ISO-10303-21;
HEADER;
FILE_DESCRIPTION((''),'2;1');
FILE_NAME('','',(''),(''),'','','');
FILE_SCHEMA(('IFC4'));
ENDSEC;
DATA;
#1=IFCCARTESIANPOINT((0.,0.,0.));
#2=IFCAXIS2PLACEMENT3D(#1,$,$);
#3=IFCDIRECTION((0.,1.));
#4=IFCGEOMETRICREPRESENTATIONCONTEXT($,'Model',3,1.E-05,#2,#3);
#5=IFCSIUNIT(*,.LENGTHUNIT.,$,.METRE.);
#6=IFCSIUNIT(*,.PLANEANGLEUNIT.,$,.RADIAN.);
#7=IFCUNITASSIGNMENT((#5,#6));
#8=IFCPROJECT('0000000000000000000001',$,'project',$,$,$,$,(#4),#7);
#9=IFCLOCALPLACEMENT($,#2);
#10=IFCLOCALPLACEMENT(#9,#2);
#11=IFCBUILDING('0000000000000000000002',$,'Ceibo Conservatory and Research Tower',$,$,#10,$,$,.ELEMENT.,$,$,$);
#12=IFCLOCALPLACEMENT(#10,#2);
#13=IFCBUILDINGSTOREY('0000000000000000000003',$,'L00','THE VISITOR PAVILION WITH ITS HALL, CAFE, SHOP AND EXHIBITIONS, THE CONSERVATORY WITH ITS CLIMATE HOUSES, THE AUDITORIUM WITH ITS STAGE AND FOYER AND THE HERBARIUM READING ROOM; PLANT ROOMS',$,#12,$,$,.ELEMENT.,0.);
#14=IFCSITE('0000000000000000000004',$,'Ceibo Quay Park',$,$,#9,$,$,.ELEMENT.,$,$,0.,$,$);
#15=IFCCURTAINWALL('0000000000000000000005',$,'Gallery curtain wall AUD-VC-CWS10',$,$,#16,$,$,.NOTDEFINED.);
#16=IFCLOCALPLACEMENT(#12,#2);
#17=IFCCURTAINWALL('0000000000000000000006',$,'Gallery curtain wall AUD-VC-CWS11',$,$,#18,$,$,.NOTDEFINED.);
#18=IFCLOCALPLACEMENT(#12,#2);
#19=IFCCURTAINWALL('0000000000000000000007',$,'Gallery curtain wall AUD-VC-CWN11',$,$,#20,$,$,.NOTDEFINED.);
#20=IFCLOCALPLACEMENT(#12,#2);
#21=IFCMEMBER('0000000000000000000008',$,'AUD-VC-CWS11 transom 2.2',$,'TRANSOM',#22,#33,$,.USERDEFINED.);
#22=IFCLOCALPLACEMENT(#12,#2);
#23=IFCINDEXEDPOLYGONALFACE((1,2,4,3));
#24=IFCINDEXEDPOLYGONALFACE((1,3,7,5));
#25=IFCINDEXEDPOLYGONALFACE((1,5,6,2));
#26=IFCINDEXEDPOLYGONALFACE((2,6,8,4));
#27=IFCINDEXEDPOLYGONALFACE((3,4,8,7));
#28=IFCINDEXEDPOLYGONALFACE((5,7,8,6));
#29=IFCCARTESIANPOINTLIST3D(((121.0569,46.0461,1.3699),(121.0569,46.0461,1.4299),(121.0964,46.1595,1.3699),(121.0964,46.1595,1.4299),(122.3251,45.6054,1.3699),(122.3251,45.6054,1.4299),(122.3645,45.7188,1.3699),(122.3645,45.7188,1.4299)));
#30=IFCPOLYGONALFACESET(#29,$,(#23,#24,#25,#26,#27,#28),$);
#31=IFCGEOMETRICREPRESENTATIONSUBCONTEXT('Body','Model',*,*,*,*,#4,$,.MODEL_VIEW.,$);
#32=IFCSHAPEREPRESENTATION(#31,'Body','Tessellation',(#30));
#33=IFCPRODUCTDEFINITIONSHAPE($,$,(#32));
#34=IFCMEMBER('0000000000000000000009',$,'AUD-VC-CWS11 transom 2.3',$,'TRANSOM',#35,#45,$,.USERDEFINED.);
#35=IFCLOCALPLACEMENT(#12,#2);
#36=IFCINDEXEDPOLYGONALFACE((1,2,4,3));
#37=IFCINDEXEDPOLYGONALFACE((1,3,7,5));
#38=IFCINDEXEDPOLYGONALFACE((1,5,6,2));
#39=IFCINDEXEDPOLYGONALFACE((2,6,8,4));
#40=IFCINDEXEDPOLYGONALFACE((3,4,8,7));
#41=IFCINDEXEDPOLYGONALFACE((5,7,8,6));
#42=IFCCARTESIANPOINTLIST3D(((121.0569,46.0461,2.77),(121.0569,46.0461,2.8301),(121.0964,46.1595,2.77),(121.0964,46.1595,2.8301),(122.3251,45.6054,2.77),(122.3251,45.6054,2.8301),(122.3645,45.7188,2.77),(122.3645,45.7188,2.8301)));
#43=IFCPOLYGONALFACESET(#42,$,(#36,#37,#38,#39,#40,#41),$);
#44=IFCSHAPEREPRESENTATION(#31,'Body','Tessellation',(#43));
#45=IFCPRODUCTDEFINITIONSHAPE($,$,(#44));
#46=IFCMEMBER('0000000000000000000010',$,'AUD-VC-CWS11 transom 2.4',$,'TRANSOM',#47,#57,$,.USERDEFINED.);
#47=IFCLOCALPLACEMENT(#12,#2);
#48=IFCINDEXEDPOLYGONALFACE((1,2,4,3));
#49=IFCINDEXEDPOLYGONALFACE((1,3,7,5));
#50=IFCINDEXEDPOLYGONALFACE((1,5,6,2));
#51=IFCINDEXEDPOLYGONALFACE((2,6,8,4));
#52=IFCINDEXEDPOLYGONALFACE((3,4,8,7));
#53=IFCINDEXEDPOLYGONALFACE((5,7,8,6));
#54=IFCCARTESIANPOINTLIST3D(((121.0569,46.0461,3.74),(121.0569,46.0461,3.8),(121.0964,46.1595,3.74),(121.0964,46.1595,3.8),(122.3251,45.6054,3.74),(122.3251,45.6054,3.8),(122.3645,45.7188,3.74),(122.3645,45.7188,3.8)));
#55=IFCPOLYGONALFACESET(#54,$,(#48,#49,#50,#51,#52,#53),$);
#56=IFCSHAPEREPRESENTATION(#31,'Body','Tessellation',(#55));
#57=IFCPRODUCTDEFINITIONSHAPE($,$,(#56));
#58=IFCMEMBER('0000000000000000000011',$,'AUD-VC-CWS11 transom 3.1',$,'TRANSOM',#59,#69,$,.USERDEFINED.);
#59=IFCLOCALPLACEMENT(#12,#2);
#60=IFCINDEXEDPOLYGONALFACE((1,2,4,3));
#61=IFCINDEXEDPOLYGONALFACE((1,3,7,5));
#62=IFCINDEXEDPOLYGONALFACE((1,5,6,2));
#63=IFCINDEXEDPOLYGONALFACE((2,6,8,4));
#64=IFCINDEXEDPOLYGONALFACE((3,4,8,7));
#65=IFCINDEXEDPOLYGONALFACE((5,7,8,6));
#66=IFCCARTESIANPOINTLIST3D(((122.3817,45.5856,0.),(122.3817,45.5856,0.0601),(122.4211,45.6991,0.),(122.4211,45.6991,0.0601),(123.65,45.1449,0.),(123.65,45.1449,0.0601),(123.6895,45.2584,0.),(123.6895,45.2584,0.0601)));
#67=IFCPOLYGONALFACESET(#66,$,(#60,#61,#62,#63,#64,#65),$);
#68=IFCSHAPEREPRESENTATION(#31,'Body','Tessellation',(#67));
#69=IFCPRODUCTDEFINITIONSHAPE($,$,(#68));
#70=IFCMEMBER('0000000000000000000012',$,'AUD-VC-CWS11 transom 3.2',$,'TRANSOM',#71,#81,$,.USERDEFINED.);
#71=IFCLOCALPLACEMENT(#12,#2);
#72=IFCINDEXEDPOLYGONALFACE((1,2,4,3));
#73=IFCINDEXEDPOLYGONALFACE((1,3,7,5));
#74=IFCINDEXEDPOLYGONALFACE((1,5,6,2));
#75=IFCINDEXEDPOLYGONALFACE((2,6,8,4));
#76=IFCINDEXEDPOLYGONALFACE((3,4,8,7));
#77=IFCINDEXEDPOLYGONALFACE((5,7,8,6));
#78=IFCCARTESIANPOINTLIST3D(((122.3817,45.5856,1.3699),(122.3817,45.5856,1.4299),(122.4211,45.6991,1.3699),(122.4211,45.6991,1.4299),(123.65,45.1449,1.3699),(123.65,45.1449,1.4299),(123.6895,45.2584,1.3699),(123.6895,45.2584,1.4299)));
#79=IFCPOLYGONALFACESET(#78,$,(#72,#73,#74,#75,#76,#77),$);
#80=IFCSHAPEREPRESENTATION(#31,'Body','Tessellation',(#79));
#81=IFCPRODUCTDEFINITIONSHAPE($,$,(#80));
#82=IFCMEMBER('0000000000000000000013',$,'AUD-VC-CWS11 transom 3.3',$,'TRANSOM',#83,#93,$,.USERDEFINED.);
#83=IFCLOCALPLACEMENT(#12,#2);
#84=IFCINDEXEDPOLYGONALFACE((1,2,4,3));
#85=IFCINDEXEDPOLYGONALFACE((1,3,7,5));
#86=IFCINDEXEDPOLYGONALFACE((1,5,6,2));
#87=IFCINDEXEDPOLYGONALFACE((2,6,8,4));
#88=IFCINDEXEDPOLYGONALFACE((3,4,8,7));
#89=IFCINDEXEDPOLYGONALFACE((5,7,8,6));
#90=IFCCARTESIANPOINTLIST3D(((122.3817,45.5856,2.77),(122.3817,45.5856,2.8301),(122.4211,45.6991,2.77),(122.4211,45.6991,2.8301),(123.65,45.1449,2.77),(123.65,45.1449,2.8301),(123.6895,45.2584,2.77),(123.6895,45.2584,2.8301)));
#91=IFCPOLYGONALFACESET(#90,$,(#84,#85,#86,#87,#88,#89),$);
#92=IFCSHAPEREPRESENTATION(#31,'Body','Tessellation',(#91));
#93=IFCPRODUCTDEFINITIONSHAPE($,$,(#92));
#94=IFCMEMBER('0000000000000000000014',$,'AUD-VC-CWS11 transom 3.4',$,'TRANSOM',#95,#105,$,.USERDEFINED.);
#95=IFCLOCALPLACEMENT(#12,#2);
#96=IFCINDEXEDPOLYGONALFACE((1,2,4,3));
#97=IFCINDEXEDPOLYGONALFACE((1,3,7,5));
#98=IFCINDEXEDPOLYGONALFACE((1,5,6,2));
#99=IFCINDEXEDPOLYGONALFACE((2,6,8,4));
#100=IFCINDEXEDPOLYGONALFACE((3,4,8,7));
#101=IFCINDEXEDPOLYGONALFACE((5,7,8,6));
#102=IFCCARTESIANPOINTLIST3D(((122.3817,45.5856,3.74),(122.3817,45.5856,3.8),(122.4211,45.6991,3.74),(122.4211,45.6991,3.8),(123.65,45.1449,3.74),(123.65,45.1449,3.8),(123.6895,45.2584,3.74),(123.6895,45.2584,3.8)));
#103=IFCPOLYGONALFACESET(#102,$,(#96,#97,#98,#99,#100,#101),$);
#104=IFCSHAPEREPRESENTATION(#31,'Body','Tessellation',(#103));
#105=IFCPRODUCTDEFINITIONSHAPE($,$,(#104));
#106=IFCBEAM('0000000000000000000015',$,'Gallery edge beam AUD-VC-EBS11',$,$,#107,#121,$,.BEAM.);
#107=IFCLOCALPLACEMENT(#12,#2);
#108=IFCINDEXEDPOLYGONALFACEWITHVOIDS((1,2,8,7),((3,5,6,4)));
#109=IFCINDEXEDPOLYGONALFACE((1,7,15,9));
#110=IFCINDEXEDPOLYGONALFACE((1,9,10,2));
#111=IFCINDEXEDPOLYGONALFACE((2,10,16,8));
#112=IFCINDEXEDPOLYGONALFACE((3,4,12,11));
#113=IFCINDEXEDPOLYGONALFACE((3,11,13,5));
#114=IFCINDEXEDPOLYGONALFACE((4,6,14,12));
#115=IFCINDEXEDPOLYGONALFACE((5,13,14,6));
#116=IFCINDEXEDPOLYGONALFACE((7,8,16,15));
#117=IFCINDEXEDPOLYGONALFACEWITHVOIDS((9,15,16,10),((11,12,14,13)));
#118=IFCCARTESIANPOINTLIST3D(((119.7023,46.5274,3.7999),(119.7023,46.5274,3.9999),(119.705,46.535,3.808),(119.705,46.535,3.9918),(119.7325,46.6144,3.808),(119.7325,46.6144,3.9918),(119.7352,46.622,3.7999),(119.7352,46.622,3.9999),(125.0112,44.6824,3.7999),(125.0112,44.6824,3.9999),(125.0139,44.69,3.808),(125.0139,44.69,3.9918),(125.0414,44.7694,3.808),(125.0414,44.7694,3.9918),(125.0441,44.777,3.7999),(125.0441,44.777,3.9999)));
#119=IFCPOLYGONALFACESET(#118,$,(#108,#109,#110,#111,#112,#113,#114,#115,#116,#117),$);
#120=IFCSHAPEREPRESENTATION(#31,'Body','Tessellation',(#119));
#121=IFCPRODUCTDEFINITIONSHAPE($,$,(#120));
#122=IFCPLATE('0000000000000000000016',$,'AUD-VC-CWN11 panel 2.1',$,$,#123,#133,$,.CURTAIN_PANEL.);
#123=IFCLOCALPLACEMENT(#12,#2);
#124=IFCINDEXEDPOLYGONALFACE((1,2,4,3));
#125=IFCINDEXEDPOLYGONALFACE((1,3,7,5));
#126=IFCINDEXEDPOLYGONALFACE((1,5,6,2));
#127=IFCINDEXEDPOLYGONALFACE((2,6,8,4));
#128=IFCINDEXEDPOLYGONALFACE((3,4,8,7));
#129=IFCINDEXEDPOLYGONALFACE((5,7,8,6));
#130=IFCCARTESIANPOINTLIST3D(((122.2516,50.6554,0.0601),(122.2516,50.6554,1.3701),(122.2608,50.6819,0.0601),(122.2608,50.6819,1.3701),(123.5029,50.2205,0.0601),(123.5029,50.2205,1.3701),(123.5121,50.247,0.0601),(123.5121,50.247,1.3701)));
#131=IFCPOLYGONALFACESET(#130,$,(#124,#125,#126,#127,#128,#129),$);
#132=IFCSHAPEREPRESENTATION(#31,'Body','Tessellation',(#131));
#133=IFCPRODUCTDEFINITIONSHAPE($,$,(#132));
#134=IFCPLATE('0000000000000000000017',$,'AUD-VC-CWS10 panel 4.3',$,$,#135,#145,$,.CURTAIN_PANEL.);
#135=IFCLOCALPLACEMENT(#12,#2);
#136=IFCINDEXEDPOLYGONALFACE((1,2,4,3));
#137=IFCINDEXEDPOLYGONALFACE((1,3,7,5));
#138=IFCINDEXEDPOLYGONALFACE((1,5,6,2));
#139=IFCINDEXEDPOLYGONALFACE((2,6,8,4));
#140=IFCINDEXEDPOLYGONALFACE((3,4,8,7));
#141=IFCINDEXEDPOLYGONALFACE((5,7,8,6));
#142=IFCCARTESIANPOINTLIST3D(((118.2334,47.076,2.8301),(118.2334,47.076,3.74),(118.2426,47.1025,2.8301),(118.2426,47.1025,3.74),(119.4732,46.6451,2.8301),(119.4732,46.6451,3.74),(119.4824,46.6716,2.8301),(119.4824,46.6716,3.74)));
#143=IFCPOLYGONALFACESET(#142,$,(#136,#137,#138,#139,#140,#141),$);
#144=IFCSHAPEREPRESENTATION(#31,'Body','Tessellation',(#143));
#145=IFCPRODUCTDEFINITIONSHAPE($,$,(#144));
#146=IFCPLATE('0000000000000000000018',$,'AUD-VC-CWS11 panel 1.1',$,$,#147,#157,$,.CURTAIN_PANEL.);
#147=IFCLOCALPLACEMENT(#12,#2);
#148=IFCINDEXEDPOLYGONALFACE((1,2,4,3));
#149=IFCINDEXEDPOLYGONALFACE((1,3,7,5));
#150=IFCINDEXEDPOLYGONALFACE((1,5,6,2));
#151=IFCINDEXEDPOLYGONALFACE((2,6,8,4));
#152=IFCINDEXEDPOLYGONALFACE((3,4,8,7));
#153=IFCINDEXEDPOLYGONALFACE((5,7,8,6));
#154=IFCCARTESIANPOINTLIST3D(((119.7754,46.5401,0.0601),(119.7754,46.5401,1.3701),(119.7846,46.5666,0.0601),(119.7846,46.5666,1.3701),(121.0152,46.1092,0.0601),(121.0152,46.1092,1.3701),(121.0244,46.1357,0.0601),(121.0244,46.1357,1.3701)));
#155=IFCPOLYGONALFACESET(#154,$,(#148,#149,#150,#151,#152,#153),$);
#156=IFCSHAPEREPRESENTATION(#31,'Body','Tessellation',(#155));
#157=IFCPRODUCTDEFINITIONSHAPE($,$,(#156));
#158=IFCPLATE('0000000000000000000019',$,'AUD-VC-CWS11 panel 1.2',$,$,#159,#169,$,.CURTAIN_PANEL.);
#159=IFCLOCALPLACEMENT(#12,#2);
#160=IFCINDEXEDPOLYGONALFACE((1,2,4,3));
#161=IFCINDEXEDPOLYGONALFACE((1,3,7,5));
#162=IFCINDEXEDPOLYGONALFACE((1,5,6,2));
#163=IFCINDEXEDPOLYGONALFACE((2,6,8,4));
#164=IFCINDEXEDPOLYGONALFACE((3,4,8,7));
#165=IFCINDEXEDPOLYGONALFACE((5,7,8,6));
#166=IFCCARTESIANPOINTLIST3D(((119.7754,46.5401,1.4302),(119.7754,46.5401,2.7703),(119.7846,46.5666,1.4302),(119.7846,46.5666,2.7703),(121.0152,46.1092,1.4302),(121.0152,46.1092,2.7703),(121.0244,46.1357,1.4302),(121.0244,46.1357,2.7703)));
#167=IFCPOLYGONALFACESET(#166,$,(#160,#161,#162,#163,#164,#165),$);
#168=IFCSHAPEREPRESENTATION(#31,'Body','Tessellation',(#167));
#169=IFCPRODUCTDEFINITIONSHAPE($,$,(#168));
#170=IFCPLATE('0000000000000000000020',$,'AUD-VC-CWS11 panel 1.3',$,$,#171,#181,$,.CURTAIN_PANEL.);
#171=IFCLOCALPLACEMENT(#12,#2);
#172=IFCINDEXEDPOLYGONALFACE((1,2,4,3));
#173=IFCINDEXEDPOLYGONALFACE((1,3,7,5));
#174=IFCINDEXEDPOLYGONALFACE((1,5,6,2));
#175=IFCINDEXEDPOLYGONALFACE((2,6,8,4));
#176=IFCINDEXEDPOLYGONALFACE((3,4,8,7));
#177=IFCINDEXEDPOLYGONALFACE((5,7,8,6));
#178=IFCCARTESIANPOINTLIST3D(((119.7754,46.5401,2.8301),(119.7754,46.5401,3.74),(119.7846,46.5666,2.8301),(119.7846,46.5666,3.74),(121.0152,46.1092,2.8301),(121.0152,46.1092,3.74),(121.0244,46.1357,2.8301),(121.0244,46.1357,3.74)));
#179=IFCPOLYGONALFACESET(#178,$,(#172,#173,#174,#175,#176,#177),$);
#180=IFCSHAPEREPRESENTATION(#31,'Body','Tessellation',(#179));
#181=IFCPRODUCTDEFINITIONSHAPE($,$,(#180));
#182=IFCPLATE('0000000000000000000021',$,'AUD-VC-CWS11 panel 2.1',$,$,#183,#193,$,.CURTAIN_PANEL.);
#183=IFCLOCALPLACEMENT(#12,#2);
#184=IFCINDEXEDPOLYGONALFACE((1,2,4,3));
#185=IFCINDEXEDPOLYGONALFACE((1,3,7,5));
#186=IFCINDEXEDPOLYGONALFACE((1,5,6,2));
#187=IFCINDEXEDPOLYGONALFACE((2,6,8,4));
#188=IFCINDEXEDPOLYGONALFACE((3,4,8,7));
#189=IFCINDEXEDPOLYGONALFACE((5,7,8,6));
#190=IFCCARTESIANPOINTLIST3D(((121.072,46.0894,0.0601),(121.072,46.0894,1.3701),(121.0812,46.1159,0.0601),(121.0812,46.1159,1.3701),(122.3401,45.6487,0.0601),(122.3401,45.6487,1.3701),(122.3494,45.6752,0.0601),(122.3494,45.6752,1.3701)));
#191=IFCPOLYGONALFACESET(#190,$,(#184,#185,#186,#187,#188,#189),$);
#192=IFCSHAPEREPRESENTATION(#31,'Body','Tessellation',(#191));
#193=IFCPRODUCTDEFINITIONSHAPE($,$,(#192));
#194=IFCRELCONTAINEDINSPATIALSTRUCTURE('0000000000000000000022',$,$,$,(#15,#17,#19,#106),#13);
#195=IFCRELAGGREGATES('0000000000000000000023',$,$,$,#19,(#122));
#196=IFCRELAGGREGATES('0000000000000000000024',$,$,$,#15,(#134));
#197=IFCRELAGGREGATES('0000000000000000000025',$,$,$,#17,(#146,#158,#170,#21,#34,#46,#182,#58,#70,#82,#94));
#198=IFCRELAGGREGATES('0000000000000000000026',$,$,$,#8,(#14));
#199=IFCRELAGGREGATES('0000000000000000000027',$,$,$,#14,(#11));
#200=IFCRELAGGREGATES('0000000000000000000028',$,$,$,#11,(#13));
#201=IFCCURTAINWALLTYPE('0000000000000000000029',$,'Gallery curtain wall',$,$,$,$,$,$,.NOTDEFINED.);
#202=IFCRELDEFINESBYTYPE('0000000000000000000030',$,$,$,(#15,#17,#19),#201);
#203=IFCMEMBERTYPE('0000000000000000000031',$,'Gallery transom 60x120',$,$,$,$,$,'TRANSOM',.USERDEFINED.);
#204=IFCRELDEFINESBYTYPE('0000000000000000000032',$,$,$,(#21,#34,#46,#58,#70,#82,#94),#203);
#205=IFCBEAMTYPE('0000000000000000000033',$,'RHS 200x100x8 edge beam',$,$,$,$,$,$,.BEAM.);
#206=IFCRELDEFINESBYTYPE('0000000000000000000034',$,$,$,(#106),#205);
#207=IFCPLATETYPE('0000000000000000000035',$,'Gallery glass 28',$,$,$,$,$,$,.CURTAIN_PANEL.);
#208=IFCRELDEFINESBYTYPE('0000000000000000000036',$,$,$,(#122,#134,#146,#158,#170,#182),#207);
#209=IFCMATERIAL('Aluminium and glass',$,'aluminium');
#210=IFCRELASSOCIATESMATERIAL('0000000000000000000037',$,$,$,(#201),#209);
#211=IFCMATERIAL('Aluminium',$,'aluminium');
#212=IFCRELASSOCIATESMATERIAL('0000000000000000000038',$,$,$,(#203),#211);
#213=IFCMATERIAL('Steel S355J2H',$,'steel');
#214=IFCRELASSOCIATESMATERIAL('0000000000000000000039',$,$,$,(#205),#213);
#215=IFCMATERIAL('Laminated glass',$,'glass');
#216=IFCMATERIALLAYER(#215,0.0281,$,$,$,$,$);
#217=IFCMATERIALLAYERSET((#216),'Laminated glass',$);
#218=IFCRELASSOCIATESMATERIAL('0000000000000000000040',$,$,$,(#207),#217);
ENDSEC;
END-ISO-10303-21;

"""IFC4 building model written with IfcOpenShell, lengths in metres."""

from ifc_helpers import new_model, si_unit, direction, frame, origin, origin_2d, place, context, subcontext, project, spatial, rectangle, hollow_rectangle, extrude, material, layer, layer_set, material_profile, profile_set, type_object, element, aggregate, save


model = new_model("IFC4")

# Units and contexts
model_context = context("Model", 3, precision=1e-05, world=origin(), true_north=direction((0.0, 1.0)))
body_context = subcontext(model_context, "Body", "Model", "MODEL_VIEW")
ifc_project = project(units=[si_unit("LENGTHUNIT", "METRE"), si_unit("PLANEANGLEUNIT", "RADIAN")], contexts=[model_context])

# Site, building, storey
site_placement = place(None, origin())
site = spatial("IfcSite", under=ifc_project, at=site_placement, Name="Ceibo Quay Park", CompositionType="ELEMENT", RefElevation=0.0)
building_placement = place(site_placement, origin())
building = spatial("IfcBuilding", under=site, at=building_placement, Name="Ceibo Conservatory and Research Tower", CompositionType="ELEMENT")
storey_placement = place(building_placement, origin())
storey = spatial("IfcBuildingStorey", under=building, at=storey_placement, Name="L00", Description="THE VISITOR PAVILION WITH ITS HALL, CAFE, SHOP AND EXHIBITIONS, THE CONSERVATORY WITH ITS CLIMATE HOUSES, THE AUDITORIUM WITH ITS STAGE AND FOYER AND THE HERBARIUM READING ROOM; PLANT ROOMS", CompositionType="ELEMENT", Elevation=0.0)

# Shared definitions
ifc_material_1 = material(Name="Steel S355J2H", Category="steel")

# Curtain wall
ifc_material_2 = material(Name="Aluminium and glass", Category="aluminium")
curtain_wall_type = type_object("IfcCurtainWallType", Name="Gallery curtain wall", PredefinedType="NOTDEFINED", material=ifc_material_2)
curtain_wall_1_placement = place(storey_placement, origin())
curtain_wall_1 = element("IfcCurtainWall", 1, at=curtain_wall_1_placement, inside=storey, type_object=curtain_wall_type, Name="Gallery curtain wall AUD-VC-CWS10", PredefinedType="NOTDEFINED")
ifc_material_3 = material(Name="Aluminium", Category="aluminium")

# Curtain walls
curtain_wall_2_placement = place(storey_placement, origin())
curtain_wall_2 = element("IfcCurtainWall", 2, at=curtain_wall_2_placement, inside=storey, type_object=curtain_wall_type, Name="Gallery curtain wall AUD-VC-CWS11", PredefinedType="NOTDEFINED")
curtain_wall_3_placement = place(storey_placement, origin())
curtain_wall_3 = element("IfcCurtainWall", 3, at=curtain_wall_3_placement, inside=storey, type_object=curtain_wall_type, Name="Gallery curtain wall AUD-VC-CWN11", PredefinedType="NOTDEFINED")
ifc_material_profile_1 = material_profile(ifc_material_3, rectangle(XDim=0.1201, YDim=0.0601, at=origin_2d()), Name="AL 60x120")
ifc_profile_set_1 = profile_set([ifc_material_profile_1], Name="Aluminium")
member_type_1 = type_object("IfcMemberType", Name="Gallery transom 60x120", ElementType="TRANSOM", PredefinedType="USERDEFINED", material=ifc_profile_set_1)

# Members
member_1_placement = place(storey_placement, frame((121.0767, 46.1028, 1.3999), z_axis=(0.944588, -0.32826, 0.0), x_axis=(0.32826, 0.944588, 0.0)))
member_1 = element("IfcMember", 4, at=member_1_placement, type_object=member_type_1, Name="AUD-VC-CWS11 transom 2.2", ObjectType="TRANSOM", PredefinedType="USERDEFINED", context=body_context, shape_type="SweptSolid", body=[
    extrude(rectangle(XDim=0.1201, YDim=0.0601, at=origin_2d()), origin(), (0.0, 0.0, 1.0), 1.3425),
])
member_2_placement = place(storey_placement, frame((121.0767, 46.1028, 2.8), z_axis=(0.944588, -0.32826, 0.0), x_axis=(0.32826, 0.944588, 0.0)))
member_2 = element("IfcMember", 5, at=member_2_placement, type_object=member_type_1, Name="AUD-VC-CWS11 transom 2.3", ObjectType="TRANSOM", PredefinedType="USERDEFINED", context=body_context, shape_type="SweptSolid", body=[
    extrude(rectangle(XDim=0.1201, YDim=0.0601, at=origin_2d()), origin(), (0.0, 0.0, 1.0), 1.3425),
])
member_3_placement = place(storey_placement, frame((121.0767, 46.1028, 3.77), z_axis=(0.944588, -0.32826, 0.0), x_axis=(0.32826, 0.944588, 0.0)))
member_3 = element("IfcMember", 6, at=member_3_placement, type_object=member_type_1, Name="AUD-VC-CWS11 transom 2.4", ObjectType="TRANSOM", PredefinedType="USERDEFINED", context=body_context, shape_type="SweptSolid", body=[
    extrude(rectangle(XDim=0.1201, YDim=0.0601, at=origin_2d()), origin(), (0.0, 0.0, 1.0), 1.3425),
])
member_4_placement = place(storey_placement, frame((122.4014, 45.6423, 0.03), z_axis=(0.944607, -0.328203, 0.0), x_axis=(0.328203, 0.944607, 0.0)))
member_4 = element("IfcMember", 7, at=member_4_placement, type_object=member_type_1, Name="AUD-VC-CWS11 transom 3.1", ObjectType="TRANSOM", PredefinedType="USERDEFINED", context=body_context, shape_type="SweptSolid", body=[
    extrude(rectangle(XDim=0.1201, YDim=0.0601, at=origin_2d()), origin(), (0.0, 0.0, 1.0), 1.3428),
])
member_5_placement = place(storey_placement, frame((122.4014, 45.6423, 1.3999), z_axis=(0.944607, -0.328203, 0.0), x_axis=(0.328203, 0.944607, 0.0)))
member_5 = element("IfcMember", 8, at=member_5_placement, type_object=member_type_1, Name="AUD-VC-CWS11 transom 3.2", ObjectType="TRANSOM", PredefinedType="USERDEFINED", context=body_context, shape_type="SweptSolid", body=[
    extrude(rectangle(XDim=0.1201, YDim=0.0601, at=origin_2d()), origin(), (0.0, 0.0, 1.0), 1.3428),
])
member_6_placement = place(storey_placement, frame((122.4014, 45.6423, 2.8), z_axis=(0.944607, -0.328203, 0.0), x_axis=(0.328203, 0.944607, 0.0)))
member_6 = element("IfcMember", 9, at=member_6_placement, type_object=member_type_1, Name="AUD-VC-CWS11 transom 3.3", ObjectType="TRANSOM", PredefinedType="USERDEFINED", context=body_context, shape_type="SweptSolid", body=[
    extrude(rectangle(XDim=0.1201, YDim=0.0601, at=origin_2d()), origin(), (0.0, 0.0, 1.0), 1.3428),
])
member_7_placement = place(storey_placement, frame((122.4014, 45.6423, 3.77), z_axis=(0.944607, -0.328203, 0.0), x_axis=(0.328203, 0.944607, 0.0)))
member_7 = element("IfcMember", 10, at=member_7_placement, type_object=member_type_1, Name="AUD-VC-CWS11 transom 3.4", ObjectType="TRANSOM", PredefinedType="USERDEFINED", context=body_context, shape_type="SweptSolid", body=[
    extrude(rectangle(XDim=0.1201, YDim=0.0601, at=origin_2d()), origin(), (0.0, 0.0, 1.0), 1.3428),
])

# Beam
ifc_material_profile_2 = material_profile(ifc_material_1, hollow_rectangle(XDim=0.1001, YDim=0.2, WallThickness=0.0081, at=origin_2d()), Name="RHS 200x100x8 edge beam")
ifc_profile_set_2 = profile_set([ifc_material_profile_2], Name="Steel S355J2H")
beam_type = type_object("IfcBeamType", Name="RHS 200x100x8 edge beam", PredefinedType="BEAM", material=ifc_profile_set_2)
beam_placement = place(storey_placement, frame((119.7188, 46.5747, 3.8999), z_axis=(0.944584, -0.32827, 0.0), x_axis=(0.32827, 0.944584, 0.0)))
element("IfcBeam", 11, at=beam_placement, inside=storey, type_object=beam_type, Name="Gallery edge beam AUD-VC-EBS11", PredefinedType="BEAM", context=body_context, shape_type="SweptSolid", body=[
    extrude(hollow_rectangle(XDim=0.1001, YDim=0.2, WallThickness=0.0081, at=origin_2d()), origin(), (0.0, 0.0, 1.0), 5.6204),
])

# Plates
ifc_material_4 = material(Name="Laminated glass", Category="glass")
ifc_layer = layer(ifc_material_4, 0.0281)
ifc_layer_set = layer_set([ifc_layer], Name="Laminated glass")
plate_type = type_object("IfcPlateType", Name="Gallery glass 28", PredefinedType="CURTAIN_PANEL", material=ifc_layer_set)
plate_1_placement = place(storey_placement, frame((122.8818, 50.4512, 0.0601), z_axis=(0.0, 0.0, 1.0), x_axis=(0.944579, -0.328284, 0.0)))
plate_1 = element("IfcPlate", 12, at=plate_1_placement, type_object=plate_type, Name="AUD-VC-CWN11 panel 2.1", PredefinedType="CURTAIN_PANEL", context=body_context, shape_type="SweptSolid", body=[
    extrude(rectangle(XDim=1.3247, YDim=0.0281, at=origin_2d()), origin(), (0.0, 0.0, 1.0), 1.3101),
])
aggregate(curtain_wall_3, [plate_1])
plate_2_placement = place(storey_placement, frame((118.8579, 46.8738, 2.8301), z_axis=(0.0, 0.0, 1.0), x_axis=(0.944579, -0.328284, 0.0)))
plate_2 = element("IfcPlate", 13, at=plate_2_placement, type_object=plate_type, Name="AUD-VC-CWS10 panel 4.3", PredefinedType="CURTAIN_PANEL", context=body_context, shape_type="SweptSolid", body=[
    extrude(rectangle(XDim=1.3125, YDim=0.0281, at=origin_2d()), origin(), (0.0, 0.0, 1.0), 0.9099),
])
aggregate(curtain_wall_1, [plate_2])
plate_3_placement = place(storey_placement, frame((120.3999, 46.3379, 0.0601), z_axis=(0.0, 0.0, 1.0), x_axis=(0.944579, -0.328284, 0.0)))
plate_3 = element("IfcPlate", 14, at=plate_3_placement, type_object=plate_type, Name="AUD-VC-CWS11 panel 1.1", PredefinedType="CURTAIN_PANEL", context=body_context, shape_type="SweptSolid", body=[
    extrude(rectangle(XDim=1.3125, YDim=0.0281, at=origin_2d()), origin(), (0.0, 0.0, 1.0), 1.3101),
])
plate_4_placement = place(storey_placement, frame((120.3999, 46.3379, 1.4302), z_axis=(0.0, 0.0, 1.0), x_axis=(0.944579, -0.328284, 0.0)))
plate_4 = element("IfcPlate", 15, at=plate_4_placement, type_object=plate_type, Name="AUD-VC-CWS11 panel 1.2", PredefinedType="CURTAIN_PANEL", context=body_context, shape_type="SweptSolid", body=[
    extrude(rectangle(XDim=1.3125, YDim=0.0281, at=origin_2d()), origin(), (0.0, 0.0, 1.0), 1.3401),
])
plate_5_placement = place(storey_placement, frame((120.3999, 46.3379, 2.8301), z_axis=(0.0, 0.0, 1.0), x_axis=(0.944579, -0.328284, 0.0)))
plate_5 = element("IfcPlate", 16, at=plate_5_placement, type_object=plate_type, Name="AUD-VC-CWS11 panel 1.3", PredefinedType="CURTAIN_PANEL", context=body_context, shape_type="SweptSolid", body=[
    extrude(rectangle(XDim=1.3125, YDim=0.0281, at=origin_2d()), origin(), (0.0, 0.0, 1.0), 0.9099),
])
plate_6_placement = place(storey_placement, frame((121.7107, 45.8823, 0.0601), z_axis=(0.0, 0.0, 1.0), x_axis=(0.944579, -0.328284, 0.0)))
plate_6 = element("IfcPlate", 17, at=plate_6_placement, type_object=plate_type, Name="AUD-VC-CWS11 panel 2.1", PredefinedType="CURTAIN_PANEL", context=body_context, shape_type="SweptSolid", body=[
    extrude(rectangle(XDim=1.3425, YDim=0.0281, at=origin_2d()), origin(), (0.0, 0.0, 1.0), 1.3101),
])
aggregate(curtain_wall_2, [plate_3, plate_4, plate_5, member_1, member_2, member_3, plate_6, member_4, member_5, member_6, member_7])

save(model, "model.ifc")
